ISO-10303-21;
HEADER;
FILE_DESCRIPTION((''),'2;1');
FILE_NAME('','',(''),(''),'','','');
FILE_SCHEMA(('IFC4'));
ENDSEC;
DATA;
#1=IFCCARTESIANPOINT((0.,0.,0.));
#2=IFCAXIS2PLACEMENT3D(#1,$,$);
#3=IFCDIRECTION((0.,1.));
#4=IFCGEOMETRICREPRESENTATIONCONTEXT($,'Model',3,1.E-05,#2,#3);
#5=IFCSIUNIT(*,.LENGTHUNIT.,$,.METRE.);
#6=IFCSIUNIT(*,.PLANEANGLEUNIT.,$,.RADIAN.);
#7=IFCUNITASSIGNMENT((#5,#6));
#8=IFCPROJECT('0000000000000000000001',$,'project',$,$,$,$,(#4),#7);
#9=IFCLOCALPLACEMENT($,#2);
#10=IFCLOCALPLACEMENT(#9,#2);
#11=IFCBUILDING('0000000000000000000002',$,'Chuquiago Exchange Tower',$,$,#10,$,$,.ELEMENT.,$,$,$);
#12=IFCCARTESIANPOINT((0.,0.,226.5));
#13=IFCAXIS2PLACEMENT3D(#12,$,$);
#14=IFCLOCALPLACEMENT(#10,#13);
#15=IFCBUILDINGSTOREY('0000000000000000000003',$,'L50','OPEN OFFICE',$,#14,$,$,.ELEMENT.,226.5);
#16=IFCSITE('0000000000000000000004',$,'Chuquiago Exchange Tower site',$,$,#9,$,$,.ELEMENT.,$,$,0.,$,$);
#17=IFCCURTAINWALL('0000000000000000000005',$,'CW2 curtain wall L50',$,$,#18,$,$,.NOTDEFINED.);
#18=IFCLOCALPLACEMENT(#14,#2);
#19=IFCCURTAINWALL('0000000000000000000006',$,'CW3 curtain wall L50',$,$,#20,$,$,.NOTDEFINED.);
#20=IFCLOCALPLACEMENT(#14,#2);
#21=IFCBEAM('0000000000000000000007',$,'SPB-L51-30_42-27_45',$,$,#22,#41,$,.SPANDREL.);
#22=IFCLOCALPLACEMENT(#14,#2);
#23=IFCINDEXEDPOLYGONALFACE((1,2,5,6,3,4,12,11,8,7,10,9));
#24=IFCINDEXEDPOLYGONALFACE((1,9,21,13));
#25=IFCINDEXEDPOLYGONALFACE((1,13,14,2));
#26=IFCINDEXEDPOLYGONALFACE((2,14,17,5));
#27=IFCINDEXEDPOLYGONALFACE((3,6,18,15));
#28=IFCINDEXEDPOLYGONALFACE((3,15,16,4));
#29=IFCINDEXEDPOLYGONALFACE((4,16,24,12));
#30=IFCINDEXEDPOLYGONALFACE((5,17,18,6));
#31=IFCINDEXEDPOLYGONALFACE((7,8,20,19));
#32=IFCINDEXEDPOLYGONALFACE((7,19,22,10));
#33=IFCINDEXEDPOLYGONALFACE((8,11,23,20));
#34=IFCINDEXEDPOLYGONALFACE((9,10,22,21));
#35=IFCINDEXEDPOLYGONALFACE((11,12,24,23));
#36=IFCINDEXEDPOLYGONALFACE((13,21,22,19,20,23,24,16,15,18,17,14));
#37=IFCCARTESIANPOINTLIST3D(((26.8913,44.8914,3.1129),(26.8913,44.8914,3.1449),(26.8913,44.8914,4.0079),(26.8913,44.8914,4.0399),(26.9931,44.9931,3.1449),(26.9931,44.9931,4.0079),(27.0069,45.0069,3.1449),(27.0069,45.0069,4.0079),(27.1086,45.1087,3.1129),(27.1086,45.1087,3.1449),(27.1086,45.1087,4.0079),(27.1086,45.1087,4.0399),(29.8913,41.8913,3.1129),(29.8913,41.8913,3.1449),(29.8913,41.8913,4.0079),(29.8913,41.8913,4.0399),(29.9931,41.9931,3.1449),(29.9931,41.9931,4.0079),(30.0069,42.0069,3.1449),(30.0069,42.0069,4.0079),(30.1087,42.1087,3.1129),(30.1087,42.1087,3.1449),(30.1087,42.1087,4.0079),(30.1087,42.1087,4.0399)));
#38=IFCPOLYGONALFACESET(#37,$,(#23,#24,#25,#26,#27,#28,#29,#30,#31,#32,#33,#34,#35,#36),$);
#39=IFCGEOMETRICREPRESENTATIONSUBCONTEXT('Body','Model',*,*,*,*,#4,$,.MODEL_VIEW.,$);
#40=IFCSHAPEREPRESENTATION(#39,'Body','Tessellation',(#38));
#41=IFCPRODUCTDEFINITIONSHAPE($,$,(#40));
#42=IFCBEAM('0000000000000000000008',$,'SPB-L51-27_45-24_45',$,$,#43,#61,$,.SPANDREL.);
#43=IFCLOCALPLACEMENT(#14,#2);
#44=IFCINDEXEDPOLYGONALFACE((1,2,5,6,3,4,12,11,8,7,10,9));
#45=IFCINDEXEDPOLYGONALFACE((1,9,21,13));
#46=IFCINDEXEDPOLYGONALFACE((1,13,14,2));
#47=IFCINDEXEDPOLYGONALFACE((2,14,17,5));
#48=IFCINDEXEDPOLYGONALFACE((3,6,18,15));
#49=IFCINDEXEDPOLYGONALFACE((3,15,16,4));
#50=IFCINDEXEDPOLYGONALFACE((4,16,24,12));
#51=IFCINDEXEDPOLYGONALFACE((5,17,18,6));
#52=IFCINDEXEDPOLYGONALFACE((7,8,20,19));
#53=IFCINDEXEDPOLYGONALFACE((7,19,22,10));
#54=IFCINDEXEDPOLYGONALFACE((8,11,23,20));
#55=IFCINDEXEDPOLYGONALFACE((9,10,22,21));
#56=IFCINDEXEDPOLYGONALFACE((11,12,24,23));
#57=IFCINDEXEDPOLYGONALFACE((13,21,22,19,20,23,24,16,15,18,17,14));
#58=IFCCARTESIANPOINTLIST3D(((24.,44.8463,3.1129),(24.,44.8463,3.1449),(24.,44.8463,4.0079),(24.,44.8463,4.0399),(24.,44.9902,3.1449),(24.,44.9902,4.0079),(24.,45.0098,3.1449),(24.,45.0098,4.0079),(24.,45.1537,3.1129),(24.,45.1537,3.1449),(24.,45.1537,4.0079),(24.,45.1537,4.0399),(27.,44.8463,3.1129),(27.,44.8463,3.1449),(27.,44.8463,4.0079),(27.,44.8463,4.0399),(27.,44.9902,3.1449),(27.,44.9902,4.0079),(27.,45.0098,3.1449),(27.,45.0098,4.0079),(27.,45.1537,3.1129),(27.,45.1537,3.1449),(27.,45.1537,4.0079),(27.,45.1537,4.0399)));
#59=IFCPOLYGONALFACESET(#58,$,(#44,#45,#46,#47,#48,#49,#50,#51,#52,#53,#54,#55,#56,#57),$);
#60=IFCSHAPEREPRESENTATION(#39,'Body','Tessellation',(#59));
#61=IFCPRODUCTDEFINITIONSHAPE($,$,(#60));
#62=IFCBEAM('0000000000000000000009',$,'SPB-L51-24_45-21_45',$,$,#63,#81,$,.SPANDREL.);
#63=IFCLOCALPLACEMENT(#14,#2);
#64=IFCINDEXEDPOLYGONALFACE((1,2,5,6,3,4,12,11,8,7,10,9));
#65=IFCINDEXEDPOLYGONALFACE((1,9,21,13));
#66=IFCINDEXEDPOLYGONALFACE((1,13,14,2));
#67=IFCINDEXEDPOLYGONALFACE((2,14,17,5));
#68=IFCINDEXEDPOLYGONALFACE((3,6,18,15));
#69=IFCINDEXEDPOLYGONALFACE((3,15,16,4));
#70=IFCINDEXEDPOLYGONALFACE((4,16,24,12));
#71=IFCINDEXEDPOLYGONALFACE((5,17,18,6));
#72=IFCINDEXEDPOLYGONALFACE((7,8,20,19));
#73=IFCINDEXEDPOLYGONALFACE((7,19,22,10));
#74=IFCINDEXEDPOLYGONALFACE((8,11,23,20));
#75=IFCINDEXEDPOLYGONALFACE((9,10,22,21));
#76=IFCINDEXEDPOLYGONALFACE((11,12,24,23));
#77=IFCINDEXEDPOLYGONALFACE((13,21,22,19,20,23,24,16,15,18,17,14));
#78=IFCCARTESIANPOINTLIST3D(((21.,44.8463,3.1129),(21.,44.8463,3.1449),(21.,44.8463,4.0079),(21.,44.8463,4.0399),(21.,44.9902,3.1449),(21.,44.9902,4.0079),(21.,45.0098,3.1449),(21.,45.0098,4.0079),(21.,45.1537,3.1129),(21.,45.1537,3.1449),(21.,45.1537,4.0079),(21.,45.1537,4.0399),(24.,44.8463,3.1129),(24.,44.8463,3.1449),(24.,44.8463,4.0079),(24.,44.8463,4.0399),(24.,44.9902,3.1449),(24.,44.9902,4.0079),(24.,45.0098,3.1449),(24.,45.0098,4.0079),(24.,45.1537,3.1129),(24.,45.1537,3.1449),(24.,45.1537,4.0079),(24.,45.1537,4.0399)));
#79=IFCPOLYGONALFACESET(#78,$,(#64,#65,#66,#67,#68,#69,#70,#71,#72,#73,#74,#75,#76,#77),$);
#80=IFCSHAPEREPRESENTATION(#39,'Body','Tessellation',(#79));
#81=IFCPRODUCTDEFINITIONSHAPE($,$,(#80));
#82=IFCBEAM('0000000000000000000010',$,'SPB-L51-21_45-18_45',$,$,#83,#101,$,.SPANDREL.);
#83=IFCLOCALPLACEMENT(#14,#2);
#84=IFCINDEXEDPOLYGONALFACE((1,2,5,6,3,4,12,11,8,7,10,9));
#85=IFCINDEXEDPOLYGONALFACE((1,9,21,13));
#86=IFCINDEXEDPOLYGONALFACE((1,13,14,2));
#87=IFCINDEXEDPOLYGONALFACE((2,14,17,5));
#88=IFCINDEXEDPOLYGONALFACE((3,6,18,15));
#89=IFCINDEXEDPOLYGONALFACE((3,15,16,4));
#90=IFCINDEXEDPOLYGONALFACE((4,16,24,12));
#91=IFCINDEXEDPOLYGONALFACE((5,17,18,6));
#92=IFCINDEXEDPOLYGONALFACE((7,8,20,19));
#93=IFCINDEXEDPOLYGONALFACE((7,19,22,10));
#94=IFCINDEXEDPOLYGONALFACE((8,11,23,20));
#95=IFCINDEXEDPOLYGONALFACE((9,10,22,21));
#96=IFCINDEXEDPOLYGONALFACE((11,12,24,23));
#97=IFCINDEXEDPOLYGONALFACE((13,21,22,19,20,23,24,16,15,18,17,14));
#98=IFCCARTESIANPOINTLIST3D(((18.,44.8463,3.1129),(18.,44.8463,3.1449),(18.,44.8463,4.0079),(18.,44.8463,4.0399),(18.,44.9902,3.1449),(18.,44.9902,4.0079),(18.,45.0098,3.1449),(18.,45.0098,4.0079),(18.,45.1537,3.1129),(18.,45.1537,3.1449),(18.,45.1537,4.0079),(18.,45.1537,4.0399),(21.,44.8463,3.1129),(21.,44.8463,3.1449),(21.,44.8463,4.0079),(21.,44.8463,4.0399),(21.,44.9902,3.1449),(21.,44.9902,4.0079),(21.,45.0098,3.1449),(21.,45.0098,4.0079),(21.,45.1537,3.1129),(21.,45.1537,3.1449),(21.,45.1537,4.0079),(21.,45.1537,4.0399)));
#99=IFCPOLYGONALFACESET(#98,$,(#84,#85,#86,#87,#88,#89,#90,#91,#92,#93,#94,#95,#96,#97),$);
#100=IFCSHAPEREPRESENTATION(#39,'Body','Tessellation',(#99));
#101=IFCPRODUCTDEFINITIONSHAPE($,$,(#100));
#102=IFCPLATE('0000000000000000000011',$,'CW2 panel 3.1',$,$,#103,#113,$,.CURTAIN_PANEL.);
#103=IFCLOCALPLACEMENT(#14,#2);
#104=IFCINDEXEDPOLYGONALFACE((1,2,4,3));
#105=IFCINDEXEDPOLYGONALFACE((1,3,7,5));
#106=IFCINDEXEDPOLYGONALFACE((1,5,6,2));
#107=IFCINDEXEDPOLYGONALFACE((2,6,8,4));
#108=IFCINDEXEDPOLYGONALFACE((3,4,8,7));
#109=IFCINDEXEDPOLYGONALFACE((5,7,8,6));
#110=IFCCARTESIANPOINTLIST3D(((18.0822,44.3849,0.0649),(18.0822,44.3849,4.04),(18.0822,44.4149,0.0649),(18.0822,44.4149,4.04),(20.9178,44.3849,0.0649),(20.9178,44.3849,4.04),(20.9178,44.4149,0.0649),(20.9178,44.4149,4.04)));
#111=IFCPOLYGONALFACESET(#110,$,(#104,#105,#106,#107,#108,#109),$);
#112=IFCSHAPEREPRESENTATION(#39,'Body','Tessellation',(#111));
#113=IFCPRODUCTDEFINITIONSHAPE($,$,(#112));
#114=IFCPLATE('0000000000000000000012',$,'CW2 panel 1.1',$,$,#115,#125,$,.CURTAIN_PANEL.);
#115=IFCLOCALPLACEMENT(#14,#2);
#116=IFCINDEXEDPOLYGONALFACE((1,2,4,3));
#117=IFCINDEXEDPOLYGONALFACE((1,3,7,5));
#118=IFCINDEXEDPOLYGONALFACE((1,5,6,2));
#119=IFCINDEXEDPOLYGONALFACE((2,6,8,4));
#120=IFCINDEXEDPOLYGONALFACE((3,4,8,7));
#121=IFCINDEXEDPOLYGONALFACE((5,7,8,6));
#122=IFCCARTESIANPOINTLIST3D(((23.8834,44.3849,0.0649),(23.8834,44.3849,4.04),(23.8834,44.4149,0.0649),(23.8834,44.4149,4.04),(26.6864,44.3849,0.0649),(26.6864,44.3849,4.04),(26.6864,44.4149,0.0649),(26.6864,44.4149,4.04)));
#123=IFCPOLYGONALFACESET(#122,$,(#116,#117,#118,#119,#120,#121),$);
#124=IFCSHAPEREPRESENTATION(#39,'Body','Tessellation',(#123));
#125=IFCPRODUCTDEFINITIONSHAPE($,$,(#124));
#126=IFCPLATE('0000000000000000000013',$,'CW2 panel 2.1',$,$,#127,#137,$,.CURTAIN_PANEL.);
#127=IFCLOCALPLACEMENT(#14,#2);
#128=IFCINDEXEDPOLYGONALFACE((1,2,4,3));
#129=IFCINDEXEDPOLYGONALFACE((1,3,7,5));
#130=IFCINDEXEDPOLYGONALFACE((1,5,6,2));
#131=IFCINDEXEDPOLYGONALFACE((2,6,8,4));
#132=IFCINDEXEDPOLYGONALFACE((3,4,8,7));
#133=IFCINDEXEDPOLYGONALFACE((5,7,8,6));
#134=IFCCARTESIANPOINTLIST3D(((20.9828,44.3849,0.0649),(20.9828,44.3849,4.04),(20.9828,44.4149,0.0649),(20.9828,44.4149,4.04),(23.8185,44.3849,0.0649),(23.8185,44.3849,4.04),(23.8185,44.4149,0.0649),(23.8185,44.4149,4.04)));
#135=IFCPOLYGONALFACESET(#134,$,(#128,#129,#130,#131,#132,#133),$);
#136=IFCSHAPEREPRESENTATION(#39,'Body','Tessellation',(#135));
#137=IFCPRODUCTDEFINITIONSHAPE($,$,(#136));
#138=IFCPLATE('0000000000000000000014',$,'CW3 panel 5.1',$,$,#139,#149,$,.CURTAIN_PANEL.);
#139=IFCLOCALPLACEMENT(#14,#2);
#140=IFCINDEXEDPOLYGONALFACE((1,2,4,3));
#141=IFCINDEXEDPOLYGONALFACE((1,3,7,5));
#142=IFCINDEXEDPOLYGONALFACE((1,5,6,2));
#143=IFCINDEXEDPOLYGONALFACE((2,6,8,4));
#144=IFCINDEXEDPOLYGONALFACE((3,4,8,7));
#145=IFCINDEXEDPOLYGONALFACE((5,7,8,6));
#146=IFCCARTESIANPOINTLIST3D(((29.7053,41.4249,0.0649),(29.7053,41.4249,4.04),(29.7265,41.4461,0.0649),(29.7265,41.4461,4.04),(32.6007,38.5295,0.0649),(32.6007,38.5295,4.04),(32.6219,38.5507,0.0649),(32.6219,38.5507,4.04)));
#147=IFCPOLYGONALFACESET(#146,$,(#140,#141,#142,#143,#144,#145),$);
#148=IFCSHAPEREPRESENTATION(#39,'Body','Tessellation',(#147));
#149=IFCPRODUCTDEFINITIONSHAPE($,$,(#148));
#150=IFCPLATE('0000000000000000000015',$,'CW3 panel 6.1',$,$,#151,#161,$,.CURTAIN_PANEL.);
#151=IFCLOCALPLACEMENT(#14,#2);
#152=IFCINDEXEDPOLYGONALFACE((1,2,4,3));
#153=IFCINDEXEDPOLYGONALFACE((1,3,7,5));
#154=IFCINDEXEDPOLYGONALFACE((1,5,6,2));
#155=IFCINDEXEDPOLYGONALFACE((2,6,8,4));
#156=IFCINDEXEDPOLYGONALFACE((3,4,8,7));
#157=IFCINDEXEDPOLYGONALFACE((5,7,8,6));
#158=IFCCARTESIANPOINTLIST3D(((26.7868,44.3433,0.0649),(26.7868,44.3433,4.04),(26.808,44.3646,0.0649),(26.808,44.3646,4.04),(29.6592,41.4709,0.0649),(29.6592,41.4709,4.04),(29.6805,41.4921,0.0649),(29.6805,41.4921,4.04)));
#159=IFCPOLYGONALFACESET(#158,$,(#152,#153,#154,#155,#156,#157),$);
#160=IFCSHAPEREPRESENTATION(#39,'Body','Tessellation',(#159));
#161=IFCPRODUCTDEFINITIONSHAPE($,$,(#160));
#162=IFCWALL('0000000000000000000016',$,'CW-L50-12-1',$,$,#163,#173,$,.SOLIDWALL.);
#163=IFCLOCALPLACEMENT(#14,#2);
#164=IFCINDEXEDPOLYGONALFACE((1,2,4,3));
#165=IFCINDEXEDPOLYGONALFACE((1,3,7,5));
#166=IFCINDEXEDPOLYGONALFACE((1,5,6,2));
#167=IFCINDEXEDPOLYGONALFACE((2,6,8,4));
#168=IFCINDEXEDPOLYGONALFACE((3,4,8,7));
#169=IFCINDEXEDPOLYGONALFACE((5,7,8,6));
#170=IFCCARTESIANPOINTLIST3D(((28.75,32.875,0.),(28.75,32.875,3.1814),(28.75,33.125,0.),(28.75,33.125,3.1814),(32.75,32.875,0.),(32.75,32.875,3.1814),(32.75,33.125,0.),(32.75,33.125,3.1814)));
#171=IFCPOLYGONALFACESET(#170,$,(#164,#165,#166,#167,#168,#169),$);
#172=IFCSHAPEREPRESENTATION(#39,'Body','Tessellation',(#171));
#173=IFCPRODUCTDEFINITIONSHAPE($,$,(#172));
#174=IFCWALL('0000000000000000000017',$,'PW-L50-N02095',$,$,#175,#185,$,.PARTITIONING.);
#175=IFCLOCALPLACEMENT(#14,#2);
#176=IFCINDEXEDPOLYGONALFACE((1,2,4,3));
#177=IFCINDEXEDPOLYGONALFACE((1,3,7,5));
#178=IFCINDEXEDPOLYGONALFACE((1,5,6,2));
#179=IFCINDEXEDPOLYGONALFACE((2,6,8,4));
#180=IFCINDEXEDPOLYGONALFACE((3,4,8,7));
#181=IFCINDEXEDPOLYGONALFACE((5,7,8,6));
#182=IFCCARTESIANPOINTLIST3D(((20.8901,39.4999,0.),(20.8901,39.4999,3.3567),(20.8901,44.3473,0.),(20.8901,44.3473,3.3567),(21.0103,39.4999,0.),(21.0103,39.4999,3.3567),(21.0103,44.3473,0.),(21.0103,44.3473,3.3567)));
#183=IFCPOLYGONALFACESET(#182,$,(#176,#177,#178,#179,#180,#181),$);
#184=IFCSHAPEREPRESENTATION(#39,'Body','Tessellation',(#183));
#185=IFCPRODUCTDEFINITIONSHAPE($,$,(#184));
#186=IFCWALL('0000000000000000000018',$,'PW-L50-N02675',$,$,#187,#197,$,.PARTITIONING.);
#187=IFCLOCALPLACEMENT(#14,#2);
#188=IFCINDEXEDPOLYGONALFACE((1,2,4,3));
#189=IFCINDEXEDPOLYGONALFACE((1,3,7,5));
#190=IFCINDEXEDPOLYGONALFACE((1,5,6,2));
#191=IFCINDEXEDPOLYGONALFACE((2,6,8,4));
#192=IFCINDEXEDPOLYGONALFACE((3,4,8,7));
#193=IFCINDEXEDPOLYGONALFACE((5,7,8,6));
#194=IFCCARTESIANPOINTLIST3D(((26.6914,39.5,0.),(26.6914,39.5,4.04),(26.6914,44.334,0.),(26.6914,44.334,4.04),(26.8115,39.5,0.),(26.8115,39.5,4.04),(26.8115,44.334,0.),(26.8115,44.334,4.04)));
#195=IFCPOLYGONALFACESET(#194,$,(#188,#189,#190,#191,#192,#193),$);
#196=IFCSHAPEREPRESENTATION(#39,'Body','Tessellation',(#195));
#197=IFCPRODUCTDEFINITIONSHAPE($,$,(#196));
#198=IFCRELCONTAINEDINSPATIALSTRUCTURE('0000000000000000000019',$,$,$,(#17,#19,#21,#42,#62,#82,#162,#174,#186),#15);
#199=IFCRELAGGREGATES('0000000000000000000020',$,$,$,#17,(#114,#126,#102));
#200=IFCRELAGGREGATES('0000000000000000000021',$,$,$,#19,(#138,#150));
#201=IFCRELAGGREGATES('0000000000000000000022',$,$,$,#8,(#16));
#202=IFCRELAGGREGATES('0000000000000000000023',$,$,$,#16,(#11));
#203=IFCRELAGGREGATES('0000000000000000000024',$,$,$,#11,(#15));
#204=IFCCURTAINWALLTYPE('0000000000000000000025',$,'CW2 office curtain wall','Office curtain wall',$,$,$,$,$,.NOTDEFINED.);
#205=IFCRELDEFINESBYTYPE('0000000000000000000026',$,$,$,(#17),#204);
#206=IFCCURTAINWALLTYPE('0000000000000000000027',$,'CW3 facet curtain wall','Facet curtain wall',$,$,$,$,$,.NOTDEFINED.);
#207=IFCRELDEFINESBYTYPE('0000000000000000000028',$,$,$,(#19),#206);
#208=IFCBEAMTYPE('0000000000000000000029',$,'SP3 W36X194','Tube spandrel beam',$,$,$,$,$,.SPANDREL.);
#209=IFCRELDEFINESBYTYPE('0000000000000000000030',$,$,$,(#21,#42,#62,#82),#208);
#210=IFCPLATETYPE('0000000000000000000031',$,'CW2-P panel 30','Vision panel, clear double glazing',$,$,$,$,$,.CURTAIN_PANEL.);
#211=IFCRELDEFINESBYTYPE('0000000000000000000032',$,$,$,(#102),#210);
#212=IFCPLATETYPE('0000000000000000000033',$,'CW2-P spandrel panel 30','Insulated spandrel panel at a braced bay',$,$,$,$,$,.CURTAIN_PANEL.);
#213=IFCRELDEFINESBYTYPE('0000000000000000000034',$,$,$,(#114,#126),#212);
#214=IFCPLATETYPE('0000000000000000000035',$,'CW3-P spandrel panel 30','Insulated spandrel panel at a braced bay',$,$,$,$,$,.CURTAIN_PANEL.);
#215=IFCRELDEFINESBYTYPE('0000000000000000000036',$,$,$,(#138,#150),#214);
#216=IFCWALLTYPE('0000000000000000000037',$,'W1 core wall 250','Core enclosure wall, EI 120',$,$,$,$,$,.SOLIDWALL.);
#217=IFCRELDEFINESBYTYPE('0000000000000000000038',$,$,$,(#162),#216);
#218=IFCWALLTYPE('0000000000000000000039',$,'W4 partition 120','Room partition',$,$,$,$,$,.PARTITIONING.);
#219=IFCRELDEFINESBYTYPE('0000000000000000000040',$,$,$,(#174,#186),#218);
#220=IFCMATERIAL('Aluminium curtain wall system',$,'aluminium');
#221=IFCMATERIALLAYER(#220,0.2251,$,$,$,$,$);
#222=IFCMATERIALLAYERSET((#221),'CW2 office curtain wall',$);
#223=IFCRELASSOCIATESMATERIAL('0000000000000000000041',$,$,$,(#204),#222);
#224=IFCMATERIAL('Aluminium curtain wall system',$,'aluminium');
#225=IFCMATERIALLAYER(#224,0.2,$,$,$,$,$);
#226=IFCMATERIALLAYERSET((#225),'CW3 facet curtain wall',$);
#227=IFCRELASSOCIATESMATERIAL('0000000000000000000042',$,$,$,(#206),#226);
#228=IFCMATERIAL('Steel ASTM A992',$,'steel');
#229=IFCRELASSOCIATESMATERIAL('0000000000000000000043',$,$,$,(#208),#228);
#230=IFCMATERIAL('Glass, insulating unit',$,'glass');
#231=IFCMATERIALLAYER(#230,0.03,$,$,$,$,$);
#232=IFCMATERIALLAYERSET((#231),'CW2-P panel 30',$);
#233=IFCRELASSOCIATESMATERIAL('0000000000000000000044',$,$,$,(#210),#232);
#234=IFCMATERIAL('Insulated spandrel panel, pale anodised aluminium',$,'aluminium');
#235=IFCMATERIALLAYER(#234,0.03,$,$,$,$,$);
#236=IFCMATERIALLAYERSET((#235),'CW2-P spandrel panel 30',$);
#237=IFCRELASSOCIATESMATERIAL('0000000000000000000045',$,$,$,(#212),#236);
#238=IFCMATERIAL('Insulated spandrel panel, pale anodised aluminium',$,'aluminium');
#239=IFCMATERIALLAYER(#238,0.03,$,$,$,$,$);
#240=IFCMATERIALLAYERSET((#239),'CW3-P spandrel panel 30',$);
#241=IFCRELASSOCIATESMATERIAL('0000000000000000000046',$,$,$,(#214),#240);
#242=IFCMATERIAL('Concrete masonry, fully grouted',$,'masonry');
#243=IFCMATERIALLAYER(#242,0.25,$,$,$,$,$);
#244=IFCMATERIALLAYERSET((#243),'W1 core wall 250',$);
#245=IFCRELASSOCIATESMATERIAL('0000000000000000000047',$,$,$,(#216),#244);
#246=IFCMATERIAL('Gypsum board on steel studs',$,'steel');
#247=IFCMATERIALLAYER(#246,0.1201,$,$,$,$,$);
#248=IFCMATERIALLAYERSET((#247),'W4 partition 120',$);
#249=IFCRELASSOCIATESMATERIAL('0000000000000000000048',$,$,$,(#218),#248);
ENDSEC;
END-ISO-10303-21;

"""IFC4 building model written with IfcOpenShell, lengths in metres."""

from ifc_helpers import new_model, si_unit, direction, frame, frame_2d, origin, origin_2d, place, context, subcontext, project, spatial, rectangle, i_section, extrude, material, layer, layer_set, material_profile, profile_set, type_object, element, aggregate, save


model = new_model("IFC4")

# Units and contexts
model_context = context("Model", 3, precision=1e-05, world=origin(), true_north=direction((0.0, 1.0)))
body_context = subcontext(model_context, "Body", "Model", "MODEL_VIEW")
ifc_project = project(units=[si_unit("LENGTHUNIT", "METRE"), si_unit("PLANEANGLEUNIT", "RADIAN")], contexts=[model_context])

# Site, building, storey
site_placement = place(None, origin())
site = spatial("IfcSite", under=ifc_project, at=site_placement, Name="Chuquiago Exchange Tower site", CompositionType="ELEMENT", RefElevation=0.0)
building_placement = place(site_placement, origin())
building = spatial("IfcBuilding", under=site, at=building_placement, Name="Chuquiago Exchange Tower", CompositionType="ELEMENT")
storey_placement = place(building_placement, frame((0.0, 0.0, 226.5)))
storey = spatial("IfcBuildingStorey", under=building, at=storey_placement, Name="L50", Description="OPEN OFFICE", CompositionType="ELEMENT", Elevation=226.5)

# Curtain walls
ifc_material_1 = material(Name="Aluminium curtain wall system", Category="aluminium")
ifc_layer_1 = layer(ifc_material_1, 0.2251)
ifc_layer_set_1 = layer_set([ifc_layer_1], Name="CW2 office curtain wall")
curtain_wall_type_1 = type_object("IfcCurtainWallType", Name="CW2 office curtain wall", Description="Office curtain wall", PredefinedType="NOTDEFINED", material=ifc_layer_set_1)
curtain_wall_1_placement = place(storey_placement, origin())
curtain_wall_1 = element("IfcCurtainWall", 1, at=curtain_wall_1_placement, inside=storey, type_object=curtain_wall_type_1, Name="CW2 curtain wall L50", PredefinedType="NOTDEFINED")
ifc_material_2 = material(Name="Aluminium curtain wall system", Category="aluminium")
ifc_layer_2 = layer(ifc_material_2, 0.2)
ifc_layer_set_2 = layer_set([ifc_layer_2], Name="CW3 facet curtain wall")
curtain_wall_type_2 = type_object("IfcCurtainWallType", Name="CW3 facet curtain wall", Description="Facet curtain wall", PredefinedType="NOTDEFINED", material=ifc_layer_set_2)
curtain_wall_2_placement = place(storey_placement, origin())
curtain_wall_2 = element("IfcCurtainWall", 2, at=curtain_wall_2_placement, inside=storey, type_object=curtain_wall_type_2, Name="CW3 curtain wall L50", PredefinedType="NOTDEFINED")

# Beams
ifc_material_3 = material(Name="Steel ASTM A992", Category="steel")
ifc_material_profile_1 = material_profile(ifc_material_3, i_section(OverallWidth=0.3074, OverallDepth=0.927, WebThickness=0.0195, FlangeThickness=0.032, at=origin_2d()), Name="W36X194")
ifc_profile_set_1 = profile_set([ifc_material_profile_1], Name="Steel ASTM A992")
beam_type_1 = type_object("IfcBeamType", Name="SP3 W36X194", Description="Tube spandrel beam", PredefinedType="SPANDREL", material=ifc_profile_set_1)
beam_1_placement = place(storey_placement, frame((30.0, 42.0, 3.5764), z_axis=(-0.707107, 0.707107, 0.0), x_axis=(-0.707107, -0.707107, 0.0)))
element("IfcBeam", 3, at=beam_1_placement, inside=storey, type_object=beam_type_1, Name="SPB-L51-30_42-27_45", PredefinedType="SPANDREL", context=body_context, shape_type="SweptSolid", body=[
    extrude(i_section(OverallWidth=0.3074, OverallDepth=0.927, WebThickness=0.0195, FlangeThickness=0.032, at=origin_2d()), origin(), (0.0, 0.0, 1.0), 4.2427),
])
for number, where, z_axis, x_axis, name in (
    (4, (27.0, 45.0, 3.5764), (-1.0, 0.0, 0.0), (0.0, -1.0, 0.0), "SPB-L51-27_45-24_45"),
    (5, (24.0, 45.0, 3.5764), (-1.0, 0.0, 0.0), (0.0, -1.0, 0.0), "SPB-L51-24_45-21_45"),
    (6, (21.0, 45.0, 3.5764), (-1.0, 0.0, 0.0), (0.0, -1.0, 0.0), "SPB-L51-21_45-18_45"),
):
    element("IfcBeam", number, at=place(storey_placement, frame(where, z_axis=z_axis, x_axis=x_axis)), inside=storey, type_object=beam_type_1, Name=name, PredefinedType="SPANDREL", context=body_context, shape_type="SweptSolid", body=[
        extrude(i_section(OverallWidth=0.3074, OverallDepth=0.927, WebThickness=0.0195, FlangeThickness=0.032, at=origin_2d()), origin(), (0.0, 0.0, 1.0), 3.0),
    ])

# Plates
ifc_material_4 = material(Name="Glass, insulating unit", Category="glass")
ifc_layer_3 = layer(ifc_material_4, 0.03)
ifc_layer_set_3 = layer_set([ifc_layer_3], Name="CW2-P panel 30")
plate_type_1 = type_object("IfcPlateType", Name="CW2-P panel 30", Description="Vision panel, clear double glazing", PredefinedType="CURTAIN_PANEL", material=ifc_layer_set_3)
plate_1_placement = place(storey_placement, frame((19.5, 44.3999, 0.0649), z_axis=(0.0, 0.0, 1.0), x_axis=(-1.0, 0.0, 0.0)))
plate_1 = element("IfcPlate", 7, at=plate_1_placement, type_object=plate_type_1, Name="CW2 panel 3.1", PredefinedType="CURTAIN_PANEL", context=body_context, shape_type="SweptSolid", body=[
    extrude(rectangle(XDim=2.8357, YDim=0.03, at=origin_2d()), origin(), (0.0, 0.0, 1.0), 3.9751),
])
ifc_material_5 = material(Name="Insulated spandrel panel, pale anodised aluminium", Category="aluminium")
ifc_layer_4 = layer(ifc_material_5, 0.03)
ifc_layer_set_4 = layer_set([ifc_layer_4], Name="CW2-P spandrel panel 30")
plate_type_2 = type_object("IfcPlateType", Name="CW2-P spandrel panel 30", Description="Insulated spandrel panel at a braced bay", PredefinedType="CURTAIN_PANEL", material=ifc_layer_set_4)
plate_2_placement = place(storey_placement, frame((25.2849, 44.3999, 0.0649), z_axis=(0.0, 0.0, 1.0), x_axis=(-1.0, 0.0, 0.0)))
plate_2 = element("IfcPlate", 8, at=plate_2_placement, type_object=plate_type_2, Name="CW2 panel 1.1", PredefinedType="CURTAIN_PANEL", context=body_context, shape_type="SweptSolid", body=[
    extrude(rectangle(XDim=2.803, YDim=0.03, at=origin_2d()), origin(), (0.0, 0.0, 1.0), 3.9751),
])
plate_3_placement = place(storey_placement, frame((22.4006, 44.3999, 0.0649), z_axis=(0.0, 0.0, 1.0), x_axis=(-1.0, 0.0, 0.0)))
plate_3 = element("IfcPlate", 9, at=plate_3_placement, type_object=plate_type_2, Name="CW2 panel 2.1", PredefinedType="CURTAIN_PANEL", context=body_context, shape_type="SweptSolid", body=[
    extrude(rectangle(XDim=2.8357, YDim=0.03, at=origin_2d()), origin(), (0.0, 0.0, 1.0), 3.9751),
])
aggregate(curtain_wall_1, [plate_2, plate_3, plate_1])
ifc_material_6 = material(Name="Insulated spandrel panel, pale anodised aluminium", Category="aluminium")
ifc_layer_5 = layer(ifc_material_6, 0.03)
ifc_layer_set_5 = layer_set([ifc_layer_5], Name="CW3-P spandrel panel 30")
plate_type_3 = type_object("IfcPlateType", Name="CW3-P spandrel panel 30", Description="Insulated spandrel panel at a braced bay", PredefinedType="CURTAIN_PANEL", material=ifc_layer_set_5)
plate_4_placement = place(storey_placement, frame((31.1636, 39.9878, 0.0649), z_axis=(0.0, 0.0, 1.0), x_axis=(-0.707107, 0.707107, 0.0)))
plate_4 = element("IfcPlate", 10, at=plate_4_placement, type_object=plate_type_3, Name="CW3 panel 5.1", PredefinedType="CURTAIN_PANEL", context=body_context, shape_type="SweptSolid", body=[
    extrude(rectangle(XDim=4.0947, YDim=0.03, at=origin_2d()), origin(), (0.0, 0.0, 1.0), 3.9751),
])
plate_5_placement = place(storey_placement, frame((28.2336, 42.9177, 0.0649), z_axis=(0.0, 0.0, 1.0), x_axis=(-0.707107, 0.707107, 0.0)))
plate_5 = element("IfcPlate", 11, at=plate_5_placement, type_object=plate_type_3, Name="CW3 panel 6.1", PredefinedType="CURTAIN_PANEL", context=body_context, shape_type="SweptSolid", body=[
    extrude(rectangle(XDim=4.0623, YDim=0.03, at=origin_2d()), origin(), (0.0, 0.0, 1.0), 3.9751),
])
aggregate(curtain_wall_2, [plate_4, plate_5])

# Walls
ifc_material_7 = material(Name="Concrete masonry, fully grouted", Category="masonry")
ifc_layer_6 = layer(ifc_material_7, 0.25)
ifc_layer_set_6 = layer_set([ifc_layer_6], Name="W1 core wall 250")
wall_type_1 = type_object("IfcWallType", Name="W1 core wall 250", Description="Core enclosure wall, EI 120", PredefinedType="SOLIDWALL", material=ifc_layer_set_6)
wall_1_placement = place(storey_placement, frame((28.75, 33.0, 0.0), z_axis=(0.0, 0.0, 1.0), x_axis=(1.0, 0.0, 0.0)))
element("IfcWall", 12, at=wall_1_placement, inside=storey, type_object=wall_type_1, Name="CW-L50-12-1", PredefinedType="SOLIDWALL", context=body_context, shape_type="SweptSolid", body=[
    extrude(rectangle(XDim=4.0, YDim=0.25, at=frame_2d((2.0, 0.0))), origin(), (0.0, 0.0, 1.0), 3.1814),
])
ifc_material_8 = material(Name="Gypsum board on steel studs", Category="steel")
ifc_layer_7 = layer(ifc_material_8, 0.1201)
ifc_layer_set_7 = layer_set([ifc_layer_7], Name="W4 partition 120")
wall_type_2 = type_object("IfcWallType", Name="W4 partition 120", Description="Room partition", PredefinedType="PARTITIONING", material=ifc_layer_set_7)
wall_2_placement = place(storey_placement, frame((20.9502, 44.3474, 0.0), z_axis=(0.0, 0.0, 1.0), x_axis=(0.0, -1.0, 0.0)))
element("IfcWall", 13, at=wall_2_placement, inside=storey, type_object=wall_type_2, Name="PW-L50-N02095", PredefinedType="PARTITIONING", context=body_context, shape_type="SweptSolid", body=[
    extrude(rectangle(XDim=4.8474, YDim=0.1201, at=frame_2d((2.4238, 0.0))), origin(), (0.0, 0.0, 1.0), 3.3567),
])
wall_3_placement = place(storey_placement, frame((26.7515, 44.334, 0.0), z_axis=(0.0, 0.0, 1.0), x_axis=(0.0, -1.0, 0.0)))
element("IfcWall", 14, at=wall_3_placement, inside=storey, type_object=wall_type_2, Name="PW-L50-N02675", PredefinedType="PARTITIONING", context=body_context, shape_type="SweptSolid", body=[
    extrude(rectangle(XDim=4.834, YDim=0.1201, at=frame_2d((2.417, 0.0))), origin(), (0.0, 0.0, 1.0), 4.04),
])

save(model, "model.ifc")
